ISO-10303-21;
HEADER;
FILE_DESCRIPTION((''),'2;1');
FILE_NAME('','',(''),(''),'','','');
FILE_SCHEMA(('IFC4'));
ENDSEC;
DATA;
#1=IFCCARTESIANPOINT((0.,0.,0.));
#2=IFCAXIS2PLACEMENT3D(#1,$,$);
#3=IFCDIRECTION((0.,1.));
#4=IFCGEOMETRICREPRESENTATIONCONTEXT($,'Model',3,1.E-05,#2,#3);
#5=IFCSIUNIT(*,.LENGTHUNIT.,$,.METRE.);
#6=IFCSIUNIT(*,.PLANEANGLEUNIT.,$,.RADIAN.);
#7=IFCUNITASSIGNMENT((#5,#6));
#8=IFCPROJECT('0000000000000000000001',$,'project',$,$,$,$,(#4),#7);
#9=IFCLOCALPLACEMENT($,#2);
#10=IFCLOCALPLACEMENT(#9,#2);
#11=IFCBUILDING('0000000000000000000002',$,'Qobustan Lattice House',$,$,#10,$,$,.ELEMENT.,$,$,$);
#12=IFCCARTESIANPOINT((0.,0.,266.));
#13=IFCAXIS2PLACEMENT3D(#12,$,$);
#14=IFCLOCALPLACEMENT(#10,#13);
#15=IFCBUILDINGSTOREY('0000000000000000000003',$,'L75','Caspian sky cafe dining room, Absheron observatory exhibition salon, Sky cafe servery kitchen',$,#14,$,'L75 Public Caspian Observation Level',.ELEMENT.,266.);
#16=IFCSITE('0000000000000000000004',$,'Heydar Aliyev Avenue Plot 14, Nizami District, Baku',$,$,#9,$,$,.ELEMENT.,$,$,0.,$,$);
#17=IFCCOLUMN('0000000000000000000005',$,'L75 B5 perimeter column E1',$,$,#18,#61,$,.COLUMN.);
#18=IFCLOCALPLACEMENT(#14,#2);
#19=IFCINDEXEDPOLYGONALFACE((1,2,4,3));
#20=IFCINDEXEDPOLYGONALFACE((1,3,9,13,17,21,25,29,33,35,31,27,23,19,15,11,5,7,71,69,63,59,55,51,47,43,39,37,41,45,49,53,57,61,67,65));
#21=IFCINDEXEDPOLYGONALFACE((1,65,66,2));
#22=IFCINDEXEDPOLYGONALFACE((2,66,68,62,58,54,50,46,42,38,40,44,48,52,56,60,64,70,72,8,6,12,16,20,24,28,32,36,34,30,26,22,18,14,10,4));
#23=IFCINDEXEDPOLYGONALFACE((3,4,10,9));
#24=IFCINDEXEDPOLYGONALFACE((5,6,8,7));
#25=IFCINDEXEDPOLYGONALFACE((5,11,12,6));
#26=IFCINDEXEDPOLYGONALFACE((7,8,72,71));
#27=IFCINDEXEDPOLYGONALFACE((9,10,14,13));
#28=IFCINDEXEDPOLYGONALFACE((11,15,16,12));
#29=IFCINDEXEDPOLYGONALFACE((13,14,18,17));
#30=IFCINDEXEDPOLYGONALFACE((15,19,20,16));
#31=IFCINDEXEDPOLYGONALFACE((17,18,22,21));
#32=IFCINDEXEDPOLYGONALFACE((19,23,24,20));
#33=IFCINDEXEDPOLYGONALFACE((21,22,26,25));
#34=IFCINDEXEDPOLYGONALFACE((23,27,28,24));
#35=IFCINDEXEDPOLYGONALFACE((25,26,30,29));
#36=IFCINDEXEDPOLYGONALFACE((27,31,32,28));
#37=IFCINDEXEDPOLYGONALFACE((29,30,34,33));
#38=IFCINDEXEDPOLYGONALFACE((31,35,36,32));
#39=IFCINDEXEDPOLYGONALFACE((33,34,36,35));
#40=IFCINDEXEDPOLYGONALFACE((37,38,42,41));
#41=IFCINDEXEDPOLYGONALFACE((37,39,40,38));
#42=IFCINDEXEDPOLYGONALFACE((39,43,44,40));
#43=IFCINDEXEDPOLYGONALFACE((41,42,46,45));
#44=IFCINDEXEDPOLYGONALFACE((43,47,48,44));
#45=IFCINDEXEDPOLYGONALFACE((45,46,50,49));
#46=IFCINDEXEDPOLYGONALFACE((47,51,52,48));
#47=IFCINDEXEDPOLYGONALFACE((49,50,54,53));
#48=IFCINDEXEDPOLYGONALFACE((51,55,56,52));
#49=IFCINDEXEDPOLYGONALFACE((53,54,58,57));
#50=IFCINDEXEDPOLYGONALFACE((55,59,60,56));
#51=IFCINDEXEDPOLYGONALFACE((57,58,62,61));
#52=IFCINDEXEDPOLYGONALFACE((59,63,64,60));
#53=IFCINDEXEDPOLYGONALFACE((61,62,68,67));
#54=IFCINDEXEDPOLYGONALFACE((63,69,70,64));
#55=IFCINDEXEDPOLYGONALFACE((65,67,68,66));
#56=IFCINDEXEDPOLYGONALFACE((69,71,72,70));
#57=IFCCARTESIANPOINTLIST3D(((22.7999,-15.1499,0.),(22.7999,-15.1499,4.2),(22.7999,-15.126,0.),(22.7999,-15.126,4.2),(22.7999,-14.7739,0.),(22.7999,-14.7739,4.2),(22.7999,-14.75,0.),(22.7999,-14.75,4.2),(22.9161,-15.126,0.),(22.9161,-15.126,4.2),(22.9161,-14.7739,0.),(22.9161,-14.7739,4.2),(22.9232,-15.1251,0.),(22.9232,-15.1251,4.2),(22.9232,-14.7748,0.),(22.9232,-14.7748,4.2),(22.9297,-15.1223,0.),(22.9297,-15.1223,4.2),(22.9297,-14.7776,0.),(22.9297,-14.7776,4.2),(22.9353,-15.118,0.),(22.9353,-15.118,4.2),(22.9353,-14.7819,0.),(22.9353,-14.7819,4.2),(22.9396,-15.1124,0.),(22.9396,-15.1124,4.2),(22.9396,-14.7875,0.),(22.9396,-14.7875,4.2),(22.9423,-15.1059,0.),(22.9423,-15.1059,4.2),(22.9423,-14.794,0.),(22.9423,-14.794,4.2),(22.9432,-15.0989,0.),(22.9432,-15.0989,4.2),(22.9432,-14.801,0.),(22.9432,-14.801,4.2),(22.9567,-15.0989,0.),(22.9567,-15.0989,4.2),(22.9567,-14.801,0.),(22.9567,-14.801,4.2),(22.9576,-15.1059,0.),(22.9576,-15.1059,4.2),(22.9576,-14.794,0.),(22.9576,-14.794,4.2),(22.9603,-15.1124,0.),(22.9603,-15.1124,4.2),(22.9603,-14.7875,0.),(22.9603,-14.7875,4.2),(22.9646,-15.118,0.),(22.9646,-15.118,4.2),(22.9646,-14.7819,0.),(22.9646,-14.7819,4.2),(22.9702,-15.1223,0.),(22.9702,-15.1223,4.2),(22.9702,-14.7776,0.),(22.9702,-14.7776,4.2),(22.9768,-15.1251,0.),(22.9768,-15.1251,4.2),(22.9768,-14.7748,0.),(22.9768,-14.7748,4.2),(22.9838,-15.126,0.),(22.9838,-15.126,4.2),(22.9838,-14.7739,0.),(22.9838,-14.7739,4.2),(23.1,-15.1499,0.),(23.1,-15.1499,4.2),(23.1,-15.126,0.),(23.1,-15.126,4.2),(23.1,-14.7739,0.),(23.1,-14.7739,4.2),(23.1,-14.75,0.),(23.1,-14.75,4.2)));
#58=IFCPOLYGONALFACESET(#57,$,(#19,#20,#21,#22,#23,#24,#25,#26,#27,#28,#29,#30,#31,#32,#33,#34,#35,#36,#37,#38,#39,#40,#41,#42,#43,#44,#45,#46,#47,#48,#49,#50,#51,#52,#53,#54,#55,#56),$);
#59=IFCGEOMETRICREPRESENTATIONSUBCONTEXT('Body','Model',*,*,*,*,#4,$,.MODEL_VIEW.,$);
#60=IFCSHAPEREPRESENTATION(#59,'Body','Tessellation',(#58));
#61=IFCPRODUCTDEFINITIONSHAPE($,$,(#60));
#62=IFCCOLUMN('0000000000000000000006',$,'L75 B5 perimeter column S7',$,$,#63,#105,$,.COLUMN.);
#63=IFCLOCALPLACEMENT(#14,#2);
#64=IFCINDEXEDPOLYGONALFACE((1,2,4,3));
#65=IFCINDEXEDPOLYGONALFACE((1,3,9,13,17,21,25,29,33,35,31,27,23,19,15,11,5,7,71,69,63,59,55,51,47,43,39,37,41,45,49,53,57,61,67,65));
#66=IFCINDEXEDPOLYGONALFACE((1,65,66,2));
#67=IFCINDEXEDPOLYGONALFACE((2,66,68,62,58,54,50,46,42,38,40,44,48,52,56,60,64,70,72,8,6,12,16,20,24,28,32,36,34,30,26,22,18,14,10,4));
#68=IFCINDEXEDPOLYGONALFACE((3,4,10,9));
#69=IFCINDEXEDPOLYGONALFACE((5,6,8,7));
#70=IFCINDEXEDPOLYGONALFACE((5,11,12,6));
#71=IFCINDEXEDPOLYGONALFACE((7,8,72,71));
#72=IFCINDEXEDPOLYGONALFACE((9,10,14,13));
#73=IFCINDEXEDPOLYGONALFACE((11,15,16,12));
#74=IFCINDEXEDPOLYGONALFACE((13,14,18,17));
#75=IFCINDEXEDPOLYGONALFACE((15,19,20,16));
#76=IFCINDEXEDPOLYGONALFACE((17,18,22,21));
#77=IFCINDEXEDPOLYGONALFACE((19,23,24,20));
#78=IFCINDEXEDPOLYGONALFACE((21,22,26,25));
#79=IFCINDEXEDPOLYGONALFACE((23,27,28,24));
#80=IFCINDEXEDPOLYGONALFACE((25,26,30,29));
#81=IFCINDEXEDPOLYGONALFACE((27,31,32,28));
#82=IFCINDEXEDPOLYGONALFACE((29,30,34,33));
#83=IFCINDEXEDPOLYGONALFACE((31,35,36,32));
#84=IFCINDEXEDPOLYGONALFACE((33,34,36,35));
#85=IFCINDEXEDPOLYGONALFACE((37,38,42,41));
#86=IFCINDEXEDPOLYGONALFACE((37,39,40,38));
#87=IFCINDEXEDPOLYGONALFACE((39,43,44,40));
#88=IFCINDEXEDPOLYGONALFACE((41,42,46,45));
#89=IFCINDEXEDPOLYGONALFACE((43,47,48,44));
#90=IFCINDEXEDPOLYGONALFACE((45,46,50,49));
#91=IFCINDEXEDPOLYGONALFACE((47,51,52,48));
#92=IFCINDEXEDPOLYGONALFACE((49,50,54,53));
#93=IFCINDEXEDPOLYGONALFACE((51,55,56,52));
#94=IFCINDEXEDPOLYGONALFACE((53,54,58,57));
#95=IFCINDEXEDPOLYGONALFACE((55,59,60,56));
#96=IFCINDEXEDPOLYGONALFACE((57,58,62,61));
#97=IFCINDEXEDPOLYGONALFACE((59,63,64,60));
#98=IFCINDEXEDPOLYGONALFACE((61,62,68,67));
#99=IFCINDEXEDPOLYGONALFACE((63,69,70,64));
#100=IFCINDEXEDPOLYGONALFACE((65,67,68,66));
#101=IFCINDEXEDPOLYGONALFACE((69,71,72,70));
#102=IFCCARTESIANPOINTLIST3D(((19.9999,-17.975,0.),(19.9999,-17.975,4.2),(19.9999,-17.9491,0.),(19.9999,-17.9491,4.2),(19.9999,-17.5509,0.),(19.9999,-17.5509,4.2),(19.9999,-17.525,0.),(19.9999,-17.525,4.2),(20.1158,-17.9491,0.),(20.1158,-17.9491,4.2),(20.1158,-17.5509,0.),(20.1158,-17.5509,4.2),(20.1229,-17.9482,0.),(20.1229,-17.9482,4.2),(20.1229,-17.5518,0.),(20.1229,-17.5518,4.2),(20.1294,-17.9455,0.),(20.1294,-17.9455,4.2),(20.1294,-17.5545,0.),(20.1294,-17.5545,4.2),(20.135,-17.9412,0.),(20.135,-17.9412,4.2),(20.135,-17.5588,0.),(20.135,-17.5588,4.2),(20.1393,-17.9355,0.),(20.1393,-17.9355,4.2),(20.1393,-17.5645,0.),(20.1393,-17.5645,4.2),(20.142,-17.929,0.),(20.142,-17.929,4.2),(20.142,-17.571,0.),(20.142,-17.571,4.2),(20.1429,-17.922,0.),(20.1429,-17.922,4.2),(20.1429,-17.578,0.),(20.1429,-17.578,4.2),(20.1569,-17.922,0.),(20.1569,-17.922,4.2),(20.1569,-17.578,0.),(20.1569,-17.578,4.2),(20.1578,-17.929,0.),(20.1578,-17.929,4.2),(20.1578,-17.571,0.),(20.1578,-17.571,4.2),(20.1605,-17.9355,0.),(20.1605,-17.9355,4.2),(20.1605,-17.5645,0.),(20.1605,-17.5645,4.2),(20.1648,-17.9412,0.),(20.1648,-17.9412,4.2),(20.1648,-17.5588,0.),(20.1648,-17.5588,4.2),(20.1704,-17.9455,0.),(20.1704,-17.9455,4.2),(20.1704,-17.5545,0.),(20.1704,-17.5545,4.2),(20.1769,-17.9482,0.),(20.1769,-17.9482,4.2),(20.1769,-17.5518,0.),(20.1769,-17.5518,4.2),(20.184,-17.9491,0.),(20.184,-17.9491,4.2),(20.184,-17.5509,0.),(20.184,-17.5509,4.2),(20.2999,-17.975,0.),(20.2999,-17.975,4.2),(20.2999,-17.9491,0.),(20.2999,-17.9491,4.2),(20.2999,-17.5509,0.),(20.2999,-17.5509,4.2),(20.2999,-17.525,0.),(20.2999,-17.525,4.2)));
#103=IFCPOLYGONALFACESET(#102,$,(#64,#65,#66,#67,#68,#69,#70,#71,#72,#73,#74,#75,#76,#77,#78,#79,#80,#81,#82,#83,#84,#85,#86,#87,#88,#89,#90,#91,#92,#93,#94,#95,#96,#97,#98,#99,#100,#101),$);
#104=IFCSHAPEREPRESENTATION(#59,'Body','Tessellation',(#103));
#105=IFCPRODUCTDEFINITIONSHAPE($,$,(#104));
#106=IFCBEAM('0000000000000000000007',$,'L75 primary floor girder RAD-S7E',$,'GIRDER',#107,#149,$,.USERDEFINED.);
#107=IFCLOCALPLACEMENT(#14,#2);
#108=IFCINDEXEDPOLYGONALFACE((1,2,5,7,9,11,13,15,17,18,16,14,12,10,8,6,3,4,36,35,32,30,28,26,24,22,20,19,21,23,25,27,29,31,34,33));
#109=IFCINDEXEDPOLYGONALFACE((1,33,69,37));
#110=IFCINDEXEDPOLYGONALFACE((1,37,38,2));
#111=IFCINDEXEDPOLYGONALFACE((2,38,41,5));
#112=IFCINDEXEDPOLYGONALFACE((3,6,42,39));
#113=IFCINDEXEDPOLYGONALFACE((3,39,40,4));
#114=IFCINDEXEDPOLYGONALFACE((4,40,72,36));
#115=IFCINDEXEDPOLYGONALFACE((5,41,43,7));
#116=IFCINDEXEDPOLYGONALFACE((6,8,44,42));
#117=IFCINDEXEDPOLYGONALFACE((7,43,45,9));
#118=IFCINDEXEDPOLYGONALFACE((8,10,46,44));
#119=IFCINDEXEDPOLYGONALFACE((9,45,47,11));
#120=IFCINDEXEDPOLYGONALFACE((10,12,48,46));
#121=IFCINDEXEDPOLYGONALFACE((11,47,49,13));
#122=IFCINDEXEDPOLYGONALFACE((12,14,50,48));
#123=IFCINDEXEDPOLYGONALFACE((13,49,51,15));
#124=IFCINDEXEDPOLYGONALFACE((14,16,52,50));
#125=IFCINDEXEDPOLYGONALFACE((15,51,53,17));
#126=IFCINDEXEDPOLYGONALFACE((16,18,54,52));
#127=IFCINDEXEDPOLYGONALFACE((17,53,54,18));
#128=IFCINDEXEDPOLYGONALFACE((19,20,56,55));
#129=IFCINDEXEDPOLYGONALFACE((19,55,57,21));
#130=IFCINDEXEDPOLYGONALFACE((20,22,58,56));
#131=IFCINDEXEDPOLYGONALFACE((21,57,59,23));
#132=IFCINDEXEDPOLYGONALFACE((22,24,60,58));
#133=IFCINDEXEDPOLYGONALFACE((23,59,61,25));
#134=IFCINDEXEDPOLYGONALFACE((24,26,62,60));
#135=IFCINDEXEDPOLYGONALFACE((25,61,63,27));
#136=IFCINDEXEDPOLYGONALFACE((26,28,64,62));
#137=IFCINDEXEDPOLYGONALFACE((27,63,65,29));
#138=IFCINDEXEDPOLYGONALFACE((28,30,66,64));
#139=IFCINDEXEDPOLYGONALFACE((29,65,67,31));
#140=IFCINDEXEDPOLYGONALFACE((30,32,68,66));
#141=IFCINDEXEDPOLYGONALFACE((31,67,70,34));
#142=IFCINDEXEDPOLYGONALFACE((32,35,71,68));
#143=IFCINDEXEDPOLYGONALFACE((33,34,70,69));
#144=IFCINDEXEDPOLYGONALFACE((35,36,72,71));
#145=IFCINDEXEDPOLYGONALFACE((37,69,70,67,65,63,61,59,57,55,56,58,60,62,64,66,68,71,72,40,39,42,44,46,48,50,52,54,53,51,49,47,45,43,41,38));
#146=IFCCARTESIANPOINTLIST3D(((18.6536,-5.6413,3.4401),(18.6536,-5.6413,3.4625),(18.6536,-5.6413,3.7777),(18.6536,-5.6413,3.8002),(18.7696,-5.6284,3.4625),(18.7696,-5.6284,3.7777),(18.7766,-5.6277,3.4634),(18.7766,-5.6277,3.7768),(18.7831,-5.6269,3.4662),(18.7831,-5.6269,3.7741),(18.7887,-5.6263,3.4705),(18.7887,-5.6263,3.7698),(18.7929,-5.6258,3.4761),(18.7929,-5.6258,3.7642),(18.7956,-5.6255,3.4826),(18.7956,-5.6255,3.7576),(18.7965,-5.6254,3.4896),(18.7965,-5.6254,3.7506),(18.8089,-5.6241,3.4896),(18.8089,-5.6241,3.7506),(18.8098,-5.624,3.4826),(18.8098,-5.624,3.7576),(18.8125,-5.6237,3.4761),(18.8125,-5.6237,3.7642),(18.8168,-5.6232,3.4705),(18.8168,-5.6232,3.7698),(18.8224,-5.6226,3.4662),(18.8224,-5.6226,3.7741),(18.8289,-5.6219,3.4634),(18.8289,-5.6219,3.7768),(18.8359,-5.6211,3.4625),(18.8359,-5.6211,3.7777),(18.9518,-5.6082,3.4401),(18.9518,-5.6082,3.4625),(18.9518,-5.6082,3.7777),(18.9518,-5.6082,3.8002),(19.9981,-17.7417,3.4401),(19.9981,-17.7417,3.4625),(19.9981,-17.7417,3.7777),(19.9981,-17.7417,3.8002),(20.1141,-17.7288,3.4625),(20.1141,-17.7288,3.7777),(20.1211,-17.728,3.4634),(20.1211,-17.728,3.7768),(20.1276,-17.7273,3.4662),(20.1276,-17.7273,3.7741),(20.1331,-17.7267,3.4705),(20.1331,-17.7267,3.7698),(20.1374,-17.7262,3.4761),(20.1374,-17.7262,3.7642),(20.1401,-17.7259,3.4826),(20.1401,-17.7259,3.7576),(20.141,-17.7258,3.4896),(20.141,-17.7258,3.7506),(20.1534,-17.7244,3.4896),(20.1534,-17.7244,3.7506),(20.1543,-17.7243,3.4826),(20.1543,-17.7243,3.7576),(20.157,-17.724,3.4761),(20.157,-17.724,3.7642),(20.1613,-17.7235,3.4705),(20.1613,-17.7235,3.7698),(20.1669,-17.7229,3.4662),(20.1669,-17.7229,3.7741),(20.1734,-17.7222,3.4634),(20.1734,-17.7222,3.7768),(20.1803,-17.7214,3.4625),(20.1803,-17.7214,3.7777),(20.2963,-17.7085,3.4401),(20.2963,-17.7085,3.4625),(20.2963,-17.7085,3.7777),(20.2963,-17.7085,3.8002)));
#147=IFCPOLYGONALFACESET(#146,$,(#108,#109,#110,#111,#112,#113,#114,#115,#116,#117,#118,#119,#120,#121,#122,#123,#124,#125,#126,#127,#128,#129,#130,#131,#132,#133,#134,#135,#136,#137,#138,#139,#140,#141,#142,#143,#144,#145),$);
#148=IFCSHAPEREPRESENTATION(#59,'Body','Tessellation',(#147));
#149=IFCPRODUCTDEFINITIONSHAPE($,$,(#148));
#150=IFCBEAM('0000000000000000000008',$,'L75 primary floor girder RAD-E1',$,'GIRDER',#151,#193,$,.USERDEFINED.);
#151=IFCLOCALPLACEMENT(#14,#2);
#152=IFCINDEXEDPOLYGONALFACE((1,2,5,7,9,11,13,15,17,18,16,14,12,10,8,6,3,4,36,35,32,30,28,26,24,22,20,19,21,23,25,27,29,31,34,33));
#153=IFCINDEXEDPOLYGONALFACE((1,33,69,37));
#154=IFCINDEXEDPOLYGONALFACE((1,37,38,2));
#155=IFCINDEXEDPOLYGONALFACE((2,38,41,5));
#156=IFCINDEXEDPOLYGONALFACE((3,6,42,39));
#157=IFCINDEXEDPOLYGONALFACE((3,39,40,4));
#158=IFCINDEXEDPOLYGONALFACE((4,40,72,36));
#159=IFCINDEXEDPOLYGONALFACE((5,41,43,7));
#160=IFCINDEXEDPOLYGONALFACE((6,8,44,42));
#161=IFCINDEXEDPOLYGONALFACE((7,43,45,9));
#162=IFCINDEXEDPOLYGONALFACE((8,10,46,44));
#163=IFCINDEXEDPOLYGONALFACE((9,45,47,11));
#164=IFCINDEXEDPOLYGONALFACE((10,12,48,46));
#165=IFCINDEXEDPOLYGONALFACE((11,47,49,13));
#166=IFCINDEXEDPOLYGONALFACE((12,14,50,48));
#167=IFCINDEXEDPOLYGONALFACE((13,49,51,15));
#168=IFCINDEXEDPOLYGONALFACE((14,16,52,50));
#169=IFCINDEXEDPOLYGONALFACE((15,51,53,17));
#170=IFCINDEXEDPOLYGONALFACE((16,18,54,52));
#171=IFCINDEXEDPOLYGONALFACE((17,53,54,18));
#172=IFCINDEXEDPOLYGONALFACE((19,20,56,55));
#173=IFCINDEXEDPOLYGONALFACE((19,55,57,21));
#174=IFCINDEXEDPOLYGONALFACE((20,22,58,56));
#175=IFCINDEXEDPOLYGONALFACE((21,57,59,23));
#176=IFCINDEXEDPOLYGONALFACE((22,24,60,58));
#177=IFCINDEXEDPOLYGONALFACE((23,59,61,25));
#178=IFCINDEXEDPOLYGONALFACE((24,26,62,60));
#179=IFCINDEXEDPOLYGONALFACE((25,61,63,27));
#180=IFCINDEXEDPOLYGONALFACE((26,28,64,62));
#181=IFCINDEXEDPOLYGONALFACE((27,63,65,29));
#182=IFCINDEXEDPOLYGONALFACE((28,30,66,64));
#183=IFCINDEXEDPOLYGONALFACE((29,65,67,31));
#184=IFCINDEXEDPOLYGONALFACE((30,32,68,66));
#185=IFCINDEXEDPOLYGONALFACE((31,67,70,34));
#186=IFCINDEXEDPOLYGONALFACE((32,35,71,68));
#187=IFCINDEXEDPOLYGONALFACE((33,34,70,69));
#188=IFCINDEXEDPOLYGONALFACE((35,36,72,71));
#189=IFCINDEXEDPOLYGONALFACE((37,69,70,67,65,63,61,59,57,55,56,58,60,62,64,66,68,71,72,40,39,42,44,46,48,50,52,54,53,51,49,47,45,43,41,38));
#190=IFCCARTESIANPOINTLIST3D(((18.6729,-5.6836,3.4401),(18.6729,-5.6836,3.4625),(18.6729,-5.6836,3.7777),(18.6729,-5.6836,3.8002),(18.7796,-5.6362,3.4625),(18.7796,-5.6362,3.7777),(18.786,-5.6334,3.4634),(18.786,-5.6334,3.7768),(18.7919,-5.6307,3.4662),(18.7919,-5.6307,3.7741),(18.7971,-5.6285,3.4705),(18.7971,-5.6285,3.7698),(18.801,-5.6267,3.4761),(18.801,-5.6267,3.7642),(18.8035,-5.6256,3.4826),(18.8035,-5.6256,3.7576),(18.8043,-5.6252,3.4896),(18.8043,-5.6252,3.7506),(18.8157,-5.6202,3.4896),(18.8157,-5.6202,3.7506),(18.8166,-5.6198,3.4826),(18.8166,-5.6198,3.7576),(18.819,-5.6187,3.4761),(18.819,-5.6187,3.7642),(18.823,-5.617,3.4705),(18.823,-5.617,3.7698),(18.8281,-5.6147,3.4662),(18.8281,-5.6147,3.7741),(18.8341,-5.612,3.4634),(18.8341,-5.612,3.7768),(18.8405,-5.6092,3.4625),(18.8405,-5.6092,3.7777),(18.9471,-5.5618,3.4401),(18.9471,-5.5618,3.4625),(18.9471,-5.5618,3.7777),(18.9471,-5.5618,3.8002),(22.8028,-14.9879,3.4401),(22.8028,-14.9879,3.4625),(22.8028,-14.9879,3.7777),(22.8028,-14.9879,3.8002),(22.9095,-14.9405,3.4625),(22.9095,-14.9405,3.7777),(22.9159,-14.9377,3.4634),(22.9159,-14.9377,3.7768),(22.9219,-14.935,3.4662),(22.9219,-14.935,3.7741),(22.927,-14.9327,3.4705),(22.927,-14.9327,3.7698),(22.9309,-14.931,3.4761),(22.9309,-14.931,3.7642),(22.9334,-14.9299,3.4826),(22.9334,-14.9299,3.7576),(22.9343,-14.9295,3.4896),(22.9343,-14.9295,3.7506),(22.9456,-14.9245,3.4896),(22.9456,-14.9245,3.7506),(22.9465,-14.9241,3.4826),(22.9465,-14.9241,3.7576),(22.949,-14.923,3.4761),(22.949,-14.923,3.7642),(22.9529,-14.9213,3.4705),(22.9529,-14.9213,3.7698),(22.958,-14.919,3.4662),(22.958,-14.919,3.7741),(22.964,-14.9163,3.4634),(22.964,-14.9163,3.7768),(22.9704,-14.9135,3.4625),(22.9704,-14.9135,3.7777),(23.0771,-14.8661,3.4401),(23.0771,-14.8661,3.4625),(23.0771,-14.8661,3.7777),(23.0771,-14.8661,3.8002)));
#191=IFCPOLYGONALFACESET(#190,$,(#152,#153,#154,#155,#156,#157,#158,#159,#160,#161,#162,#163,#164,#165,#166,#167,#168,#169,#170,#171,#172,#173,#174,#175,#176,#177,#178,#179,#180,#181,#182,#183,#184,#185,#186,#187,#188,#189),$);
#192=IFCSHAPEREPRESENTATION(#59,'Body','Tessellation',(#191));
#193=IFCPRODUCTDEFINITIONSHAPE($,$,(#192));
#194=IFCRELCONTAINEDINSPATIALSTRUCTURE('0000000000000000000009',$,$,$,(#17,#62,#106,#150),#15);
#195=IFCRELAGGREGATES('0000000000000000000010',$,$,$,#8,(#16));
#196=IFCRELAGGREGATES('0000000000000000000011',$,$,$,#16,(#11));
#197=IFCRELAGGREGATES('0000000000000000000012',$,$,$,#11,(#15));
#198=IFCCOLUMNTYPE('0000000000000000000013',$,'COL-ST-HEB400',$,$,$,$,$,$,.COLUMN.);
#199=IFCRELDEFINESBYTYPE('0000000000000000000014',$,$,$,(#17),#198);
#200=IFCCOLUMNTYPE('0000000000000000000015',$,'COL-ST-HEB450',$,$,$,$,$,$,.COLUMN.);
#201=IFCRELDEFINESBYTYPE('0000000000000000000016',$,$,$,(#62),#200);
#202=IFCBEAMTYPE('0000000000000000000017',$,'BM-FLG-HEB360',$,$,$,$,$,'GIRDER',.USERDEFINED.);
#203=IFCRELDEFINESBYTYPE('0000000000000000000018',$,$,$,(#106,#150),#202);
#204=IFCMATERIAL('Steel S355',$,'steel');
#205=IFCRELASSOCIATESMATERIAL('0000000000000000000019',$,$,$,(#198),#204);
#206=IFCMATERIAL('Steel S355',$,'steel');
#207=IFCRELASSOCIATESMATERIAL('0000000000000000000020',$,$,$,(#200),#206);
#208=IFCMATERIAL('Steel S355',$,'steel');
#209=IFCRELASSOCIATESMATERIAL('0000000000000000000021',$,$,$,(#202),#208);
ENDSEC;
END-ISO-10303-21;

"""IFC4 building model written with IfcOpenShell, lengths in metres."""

from ifc_helpers import new_model, si_unit, direction, frame, origin, origin_2d, place, context, subcontext, project, spatial, i_section, extrude, material, material_profile, profile_set, type_object, element, save


model = new_model("IFC4")

# Units and contexts
model_context = context("Model", 3, precision=1e-05, world=origin(), true_north=direction((0.0, 1.0)))
body_context = subcontext(model_context, "Body", "Model", "MODEL_VIEW")
ifc_project = project(units=[si_unit("LENGTHUNIT", "METRE"), si_unit("PLANEANGLEUNIT", "RADIAN")], contexts=[model_context])

# Site, building, storey
site_placement = place(None, origin())
site = spatial("IfcSite", under=ifc_project, at=site_placement, Name="Heydar Aliyev Avenue Plot 14, Nizami District, Baku", CompositionType="ELEMENT", RefElevation=0.0)
building_placement = place(site_placement, origin())
building = spatial("IfcBuilding", under=site, at=building_placement, Name="Qobustan Lattice House", CompositionType="ELEMENT")
storey_placement = place(building_placement, frame((0.0, 0.0, 266.0)))
storey = spatial("IfcBuildingStorey", under=building, at=storey_placement, Name="L75", Description="Caspian sky cafe dining room, Absheron observatory exhibition salon, Sky cafe servery kitchen", LongName="L75 Public Caspian Observation Level", CompositionType="ELEMENT", Elevation=266.0)

# Columns
ifc_material_1 = material(Name="Steel S355", Category="steel")
ifc_material_profile_1 = material_profile(ifc_material_1, i_section(OverallWidth=0.3, OverallDepth=0.3999, WebThickness=0.0134, FlangeThickness=0.0239, FilletRadius=0.0271, at=origin_2d()), Name="HEB400")
ifc_profile_set_1 = profile_set([ifc_material_profile_1], Name="Steel S355")
column_type_1 = type_object("IfcColumnType", Name="COL-ST-HEB400", PredefinedType="COLUMN", material=ifc_profile_set_1)
column_1_placement = place(storey_placement, frame((22.95, -14.95, 0.0), z_axis=(0.0, 0.0, 1.0), x_axis=(1.0, 0.0, 0.0)))
element("IfcColumn", 1, at=column_1_placement, inside=storey, type_object=column_type_1, Name="L75 B5 perimeter column E1", PredefinedType="COLUMN", context=body_context, shape_type="SweptSolid", body=[
    extrude(i_section(OverallWidth=0.3, OverallDepth=0.3999, WebThickness=0.0134, FlangeThickness=0.0239, FilletRadius=0.0271, at=origin_2d()), origin(), (0.0, 0.0, 1.0), 4.2),
])
ifc_material_2 = material(Name="Steel S355", Category="steel")
ifc_material_profile_2 = material_profile(ifc_material_2, i_section(OverallWidth=0.3, OverallDepth=0.45, WebThickness=0.0139, FlangeThickness=0.0259, FilletRadius=0.0271, at=origin_2d()), Name="HEB450")
ifc_profile_set_2 = profile_set([ifc_material_profile_2], Name="Steel S355")
column_type_2 = type_object("IfcColumnType", Name="COL-ST-HEB450", PredefinedType="COLUMN", material=ifc_profile_set_2)
column_2_placement = place(storey_placement, frame((20.1499, -17.75, 0.0), z_axis=(0.0, 0.0, 1.0), x_axis=(1.0, 0.0, 0.0)))
element("IfcColumn", 2, at=column_2_placement, inside=storey, type_object=column_type_2, Name="L75 B5 perimeter column S7", PredefinedType="COLUMN", context=body_context, shape_type="SweptSolid", body=[
    extrude(i_section(OverallWidth=0.3, OverallDepth=0.45, WebThickness=0.0139, FlangeThickness=0.0259, FilletRadius=0.0271, at=origin_2d()), origin(), (0.0, 0.0, 1.0), 4.2),
])

# Beams
ifc_material_3 = material(Name="Steel S355", Category="steel")
ifc_material_profile_3 = material_profile(ifc_material_3, i_section(OverallWidth=0.3, OverallDepth=0.3601, WebThickness=0.0125, FlangeThickness=0.0225, FilletRadius=0.0271, at=origin_2d()), Name="HEB360")
ifc_profile_set_3 = profile_set([ifc_material_profile_3], Name="Steel S355")
beam_type_1 = type_object("IfcBeamType", Name="BM-FLG-HEB360", ElementType="GIRDER", PredefinedType="USERDEFINED", material=ifc_profile_set_3)
beam_1_placement = place(storey_placement, frame((20.1472, -17.7251, 3.6201), z_axis=(-0.110432, 0.993884, 0.0), x_axis=(-0.993884, -0.110432, 0.0)))
element("IfcBeam", 3, at=beam_1_placement, inside=storey, type_object=beam_type_1, Name="L75 primary floor girder RAD-S7E", ObjectType="GIRDER", PredefinedType="USERDEFINED", context=body_context, shape_type="SweptSolid", body=[
    extrude(i_section(OverallWidth=0.3, OverallDepth=0.3601, WebThickness=0.0125, FlangeThickness=0.0225, FilletRadius=0.0271, at=origin_2d()), origin(), (0.0, 0.0, 1.0), 12.1748),
])
beam_2_placement = place(storey_placement, frame((22.9399, -14.927, 3.6201), z_axis=(-0.405702, 0.914005, 0.0), x_axis=(-0.914005, -0.405702, 0.0)))
element("IfcBeam", 4, at=beam_2_placement, inside=storey, type_object=beam_type_1, Name="L75 primary floor girder RAD-E1", ObjectType="GIRDER", PredefinedType="USERDEFINED", context=body_context, shape_type="SweptSolid", body=[
    extrude(i_section(OverallWidth=0.3, OverallDepth=0.3601, WebThickness=0.0125, FlangeThickness=0.0225, FilletRadius=0.0271, at=origin_2d()), origin(), (0.0, 0.0, 1.0), 10.1797),
])

save(model, "model.ifc")
